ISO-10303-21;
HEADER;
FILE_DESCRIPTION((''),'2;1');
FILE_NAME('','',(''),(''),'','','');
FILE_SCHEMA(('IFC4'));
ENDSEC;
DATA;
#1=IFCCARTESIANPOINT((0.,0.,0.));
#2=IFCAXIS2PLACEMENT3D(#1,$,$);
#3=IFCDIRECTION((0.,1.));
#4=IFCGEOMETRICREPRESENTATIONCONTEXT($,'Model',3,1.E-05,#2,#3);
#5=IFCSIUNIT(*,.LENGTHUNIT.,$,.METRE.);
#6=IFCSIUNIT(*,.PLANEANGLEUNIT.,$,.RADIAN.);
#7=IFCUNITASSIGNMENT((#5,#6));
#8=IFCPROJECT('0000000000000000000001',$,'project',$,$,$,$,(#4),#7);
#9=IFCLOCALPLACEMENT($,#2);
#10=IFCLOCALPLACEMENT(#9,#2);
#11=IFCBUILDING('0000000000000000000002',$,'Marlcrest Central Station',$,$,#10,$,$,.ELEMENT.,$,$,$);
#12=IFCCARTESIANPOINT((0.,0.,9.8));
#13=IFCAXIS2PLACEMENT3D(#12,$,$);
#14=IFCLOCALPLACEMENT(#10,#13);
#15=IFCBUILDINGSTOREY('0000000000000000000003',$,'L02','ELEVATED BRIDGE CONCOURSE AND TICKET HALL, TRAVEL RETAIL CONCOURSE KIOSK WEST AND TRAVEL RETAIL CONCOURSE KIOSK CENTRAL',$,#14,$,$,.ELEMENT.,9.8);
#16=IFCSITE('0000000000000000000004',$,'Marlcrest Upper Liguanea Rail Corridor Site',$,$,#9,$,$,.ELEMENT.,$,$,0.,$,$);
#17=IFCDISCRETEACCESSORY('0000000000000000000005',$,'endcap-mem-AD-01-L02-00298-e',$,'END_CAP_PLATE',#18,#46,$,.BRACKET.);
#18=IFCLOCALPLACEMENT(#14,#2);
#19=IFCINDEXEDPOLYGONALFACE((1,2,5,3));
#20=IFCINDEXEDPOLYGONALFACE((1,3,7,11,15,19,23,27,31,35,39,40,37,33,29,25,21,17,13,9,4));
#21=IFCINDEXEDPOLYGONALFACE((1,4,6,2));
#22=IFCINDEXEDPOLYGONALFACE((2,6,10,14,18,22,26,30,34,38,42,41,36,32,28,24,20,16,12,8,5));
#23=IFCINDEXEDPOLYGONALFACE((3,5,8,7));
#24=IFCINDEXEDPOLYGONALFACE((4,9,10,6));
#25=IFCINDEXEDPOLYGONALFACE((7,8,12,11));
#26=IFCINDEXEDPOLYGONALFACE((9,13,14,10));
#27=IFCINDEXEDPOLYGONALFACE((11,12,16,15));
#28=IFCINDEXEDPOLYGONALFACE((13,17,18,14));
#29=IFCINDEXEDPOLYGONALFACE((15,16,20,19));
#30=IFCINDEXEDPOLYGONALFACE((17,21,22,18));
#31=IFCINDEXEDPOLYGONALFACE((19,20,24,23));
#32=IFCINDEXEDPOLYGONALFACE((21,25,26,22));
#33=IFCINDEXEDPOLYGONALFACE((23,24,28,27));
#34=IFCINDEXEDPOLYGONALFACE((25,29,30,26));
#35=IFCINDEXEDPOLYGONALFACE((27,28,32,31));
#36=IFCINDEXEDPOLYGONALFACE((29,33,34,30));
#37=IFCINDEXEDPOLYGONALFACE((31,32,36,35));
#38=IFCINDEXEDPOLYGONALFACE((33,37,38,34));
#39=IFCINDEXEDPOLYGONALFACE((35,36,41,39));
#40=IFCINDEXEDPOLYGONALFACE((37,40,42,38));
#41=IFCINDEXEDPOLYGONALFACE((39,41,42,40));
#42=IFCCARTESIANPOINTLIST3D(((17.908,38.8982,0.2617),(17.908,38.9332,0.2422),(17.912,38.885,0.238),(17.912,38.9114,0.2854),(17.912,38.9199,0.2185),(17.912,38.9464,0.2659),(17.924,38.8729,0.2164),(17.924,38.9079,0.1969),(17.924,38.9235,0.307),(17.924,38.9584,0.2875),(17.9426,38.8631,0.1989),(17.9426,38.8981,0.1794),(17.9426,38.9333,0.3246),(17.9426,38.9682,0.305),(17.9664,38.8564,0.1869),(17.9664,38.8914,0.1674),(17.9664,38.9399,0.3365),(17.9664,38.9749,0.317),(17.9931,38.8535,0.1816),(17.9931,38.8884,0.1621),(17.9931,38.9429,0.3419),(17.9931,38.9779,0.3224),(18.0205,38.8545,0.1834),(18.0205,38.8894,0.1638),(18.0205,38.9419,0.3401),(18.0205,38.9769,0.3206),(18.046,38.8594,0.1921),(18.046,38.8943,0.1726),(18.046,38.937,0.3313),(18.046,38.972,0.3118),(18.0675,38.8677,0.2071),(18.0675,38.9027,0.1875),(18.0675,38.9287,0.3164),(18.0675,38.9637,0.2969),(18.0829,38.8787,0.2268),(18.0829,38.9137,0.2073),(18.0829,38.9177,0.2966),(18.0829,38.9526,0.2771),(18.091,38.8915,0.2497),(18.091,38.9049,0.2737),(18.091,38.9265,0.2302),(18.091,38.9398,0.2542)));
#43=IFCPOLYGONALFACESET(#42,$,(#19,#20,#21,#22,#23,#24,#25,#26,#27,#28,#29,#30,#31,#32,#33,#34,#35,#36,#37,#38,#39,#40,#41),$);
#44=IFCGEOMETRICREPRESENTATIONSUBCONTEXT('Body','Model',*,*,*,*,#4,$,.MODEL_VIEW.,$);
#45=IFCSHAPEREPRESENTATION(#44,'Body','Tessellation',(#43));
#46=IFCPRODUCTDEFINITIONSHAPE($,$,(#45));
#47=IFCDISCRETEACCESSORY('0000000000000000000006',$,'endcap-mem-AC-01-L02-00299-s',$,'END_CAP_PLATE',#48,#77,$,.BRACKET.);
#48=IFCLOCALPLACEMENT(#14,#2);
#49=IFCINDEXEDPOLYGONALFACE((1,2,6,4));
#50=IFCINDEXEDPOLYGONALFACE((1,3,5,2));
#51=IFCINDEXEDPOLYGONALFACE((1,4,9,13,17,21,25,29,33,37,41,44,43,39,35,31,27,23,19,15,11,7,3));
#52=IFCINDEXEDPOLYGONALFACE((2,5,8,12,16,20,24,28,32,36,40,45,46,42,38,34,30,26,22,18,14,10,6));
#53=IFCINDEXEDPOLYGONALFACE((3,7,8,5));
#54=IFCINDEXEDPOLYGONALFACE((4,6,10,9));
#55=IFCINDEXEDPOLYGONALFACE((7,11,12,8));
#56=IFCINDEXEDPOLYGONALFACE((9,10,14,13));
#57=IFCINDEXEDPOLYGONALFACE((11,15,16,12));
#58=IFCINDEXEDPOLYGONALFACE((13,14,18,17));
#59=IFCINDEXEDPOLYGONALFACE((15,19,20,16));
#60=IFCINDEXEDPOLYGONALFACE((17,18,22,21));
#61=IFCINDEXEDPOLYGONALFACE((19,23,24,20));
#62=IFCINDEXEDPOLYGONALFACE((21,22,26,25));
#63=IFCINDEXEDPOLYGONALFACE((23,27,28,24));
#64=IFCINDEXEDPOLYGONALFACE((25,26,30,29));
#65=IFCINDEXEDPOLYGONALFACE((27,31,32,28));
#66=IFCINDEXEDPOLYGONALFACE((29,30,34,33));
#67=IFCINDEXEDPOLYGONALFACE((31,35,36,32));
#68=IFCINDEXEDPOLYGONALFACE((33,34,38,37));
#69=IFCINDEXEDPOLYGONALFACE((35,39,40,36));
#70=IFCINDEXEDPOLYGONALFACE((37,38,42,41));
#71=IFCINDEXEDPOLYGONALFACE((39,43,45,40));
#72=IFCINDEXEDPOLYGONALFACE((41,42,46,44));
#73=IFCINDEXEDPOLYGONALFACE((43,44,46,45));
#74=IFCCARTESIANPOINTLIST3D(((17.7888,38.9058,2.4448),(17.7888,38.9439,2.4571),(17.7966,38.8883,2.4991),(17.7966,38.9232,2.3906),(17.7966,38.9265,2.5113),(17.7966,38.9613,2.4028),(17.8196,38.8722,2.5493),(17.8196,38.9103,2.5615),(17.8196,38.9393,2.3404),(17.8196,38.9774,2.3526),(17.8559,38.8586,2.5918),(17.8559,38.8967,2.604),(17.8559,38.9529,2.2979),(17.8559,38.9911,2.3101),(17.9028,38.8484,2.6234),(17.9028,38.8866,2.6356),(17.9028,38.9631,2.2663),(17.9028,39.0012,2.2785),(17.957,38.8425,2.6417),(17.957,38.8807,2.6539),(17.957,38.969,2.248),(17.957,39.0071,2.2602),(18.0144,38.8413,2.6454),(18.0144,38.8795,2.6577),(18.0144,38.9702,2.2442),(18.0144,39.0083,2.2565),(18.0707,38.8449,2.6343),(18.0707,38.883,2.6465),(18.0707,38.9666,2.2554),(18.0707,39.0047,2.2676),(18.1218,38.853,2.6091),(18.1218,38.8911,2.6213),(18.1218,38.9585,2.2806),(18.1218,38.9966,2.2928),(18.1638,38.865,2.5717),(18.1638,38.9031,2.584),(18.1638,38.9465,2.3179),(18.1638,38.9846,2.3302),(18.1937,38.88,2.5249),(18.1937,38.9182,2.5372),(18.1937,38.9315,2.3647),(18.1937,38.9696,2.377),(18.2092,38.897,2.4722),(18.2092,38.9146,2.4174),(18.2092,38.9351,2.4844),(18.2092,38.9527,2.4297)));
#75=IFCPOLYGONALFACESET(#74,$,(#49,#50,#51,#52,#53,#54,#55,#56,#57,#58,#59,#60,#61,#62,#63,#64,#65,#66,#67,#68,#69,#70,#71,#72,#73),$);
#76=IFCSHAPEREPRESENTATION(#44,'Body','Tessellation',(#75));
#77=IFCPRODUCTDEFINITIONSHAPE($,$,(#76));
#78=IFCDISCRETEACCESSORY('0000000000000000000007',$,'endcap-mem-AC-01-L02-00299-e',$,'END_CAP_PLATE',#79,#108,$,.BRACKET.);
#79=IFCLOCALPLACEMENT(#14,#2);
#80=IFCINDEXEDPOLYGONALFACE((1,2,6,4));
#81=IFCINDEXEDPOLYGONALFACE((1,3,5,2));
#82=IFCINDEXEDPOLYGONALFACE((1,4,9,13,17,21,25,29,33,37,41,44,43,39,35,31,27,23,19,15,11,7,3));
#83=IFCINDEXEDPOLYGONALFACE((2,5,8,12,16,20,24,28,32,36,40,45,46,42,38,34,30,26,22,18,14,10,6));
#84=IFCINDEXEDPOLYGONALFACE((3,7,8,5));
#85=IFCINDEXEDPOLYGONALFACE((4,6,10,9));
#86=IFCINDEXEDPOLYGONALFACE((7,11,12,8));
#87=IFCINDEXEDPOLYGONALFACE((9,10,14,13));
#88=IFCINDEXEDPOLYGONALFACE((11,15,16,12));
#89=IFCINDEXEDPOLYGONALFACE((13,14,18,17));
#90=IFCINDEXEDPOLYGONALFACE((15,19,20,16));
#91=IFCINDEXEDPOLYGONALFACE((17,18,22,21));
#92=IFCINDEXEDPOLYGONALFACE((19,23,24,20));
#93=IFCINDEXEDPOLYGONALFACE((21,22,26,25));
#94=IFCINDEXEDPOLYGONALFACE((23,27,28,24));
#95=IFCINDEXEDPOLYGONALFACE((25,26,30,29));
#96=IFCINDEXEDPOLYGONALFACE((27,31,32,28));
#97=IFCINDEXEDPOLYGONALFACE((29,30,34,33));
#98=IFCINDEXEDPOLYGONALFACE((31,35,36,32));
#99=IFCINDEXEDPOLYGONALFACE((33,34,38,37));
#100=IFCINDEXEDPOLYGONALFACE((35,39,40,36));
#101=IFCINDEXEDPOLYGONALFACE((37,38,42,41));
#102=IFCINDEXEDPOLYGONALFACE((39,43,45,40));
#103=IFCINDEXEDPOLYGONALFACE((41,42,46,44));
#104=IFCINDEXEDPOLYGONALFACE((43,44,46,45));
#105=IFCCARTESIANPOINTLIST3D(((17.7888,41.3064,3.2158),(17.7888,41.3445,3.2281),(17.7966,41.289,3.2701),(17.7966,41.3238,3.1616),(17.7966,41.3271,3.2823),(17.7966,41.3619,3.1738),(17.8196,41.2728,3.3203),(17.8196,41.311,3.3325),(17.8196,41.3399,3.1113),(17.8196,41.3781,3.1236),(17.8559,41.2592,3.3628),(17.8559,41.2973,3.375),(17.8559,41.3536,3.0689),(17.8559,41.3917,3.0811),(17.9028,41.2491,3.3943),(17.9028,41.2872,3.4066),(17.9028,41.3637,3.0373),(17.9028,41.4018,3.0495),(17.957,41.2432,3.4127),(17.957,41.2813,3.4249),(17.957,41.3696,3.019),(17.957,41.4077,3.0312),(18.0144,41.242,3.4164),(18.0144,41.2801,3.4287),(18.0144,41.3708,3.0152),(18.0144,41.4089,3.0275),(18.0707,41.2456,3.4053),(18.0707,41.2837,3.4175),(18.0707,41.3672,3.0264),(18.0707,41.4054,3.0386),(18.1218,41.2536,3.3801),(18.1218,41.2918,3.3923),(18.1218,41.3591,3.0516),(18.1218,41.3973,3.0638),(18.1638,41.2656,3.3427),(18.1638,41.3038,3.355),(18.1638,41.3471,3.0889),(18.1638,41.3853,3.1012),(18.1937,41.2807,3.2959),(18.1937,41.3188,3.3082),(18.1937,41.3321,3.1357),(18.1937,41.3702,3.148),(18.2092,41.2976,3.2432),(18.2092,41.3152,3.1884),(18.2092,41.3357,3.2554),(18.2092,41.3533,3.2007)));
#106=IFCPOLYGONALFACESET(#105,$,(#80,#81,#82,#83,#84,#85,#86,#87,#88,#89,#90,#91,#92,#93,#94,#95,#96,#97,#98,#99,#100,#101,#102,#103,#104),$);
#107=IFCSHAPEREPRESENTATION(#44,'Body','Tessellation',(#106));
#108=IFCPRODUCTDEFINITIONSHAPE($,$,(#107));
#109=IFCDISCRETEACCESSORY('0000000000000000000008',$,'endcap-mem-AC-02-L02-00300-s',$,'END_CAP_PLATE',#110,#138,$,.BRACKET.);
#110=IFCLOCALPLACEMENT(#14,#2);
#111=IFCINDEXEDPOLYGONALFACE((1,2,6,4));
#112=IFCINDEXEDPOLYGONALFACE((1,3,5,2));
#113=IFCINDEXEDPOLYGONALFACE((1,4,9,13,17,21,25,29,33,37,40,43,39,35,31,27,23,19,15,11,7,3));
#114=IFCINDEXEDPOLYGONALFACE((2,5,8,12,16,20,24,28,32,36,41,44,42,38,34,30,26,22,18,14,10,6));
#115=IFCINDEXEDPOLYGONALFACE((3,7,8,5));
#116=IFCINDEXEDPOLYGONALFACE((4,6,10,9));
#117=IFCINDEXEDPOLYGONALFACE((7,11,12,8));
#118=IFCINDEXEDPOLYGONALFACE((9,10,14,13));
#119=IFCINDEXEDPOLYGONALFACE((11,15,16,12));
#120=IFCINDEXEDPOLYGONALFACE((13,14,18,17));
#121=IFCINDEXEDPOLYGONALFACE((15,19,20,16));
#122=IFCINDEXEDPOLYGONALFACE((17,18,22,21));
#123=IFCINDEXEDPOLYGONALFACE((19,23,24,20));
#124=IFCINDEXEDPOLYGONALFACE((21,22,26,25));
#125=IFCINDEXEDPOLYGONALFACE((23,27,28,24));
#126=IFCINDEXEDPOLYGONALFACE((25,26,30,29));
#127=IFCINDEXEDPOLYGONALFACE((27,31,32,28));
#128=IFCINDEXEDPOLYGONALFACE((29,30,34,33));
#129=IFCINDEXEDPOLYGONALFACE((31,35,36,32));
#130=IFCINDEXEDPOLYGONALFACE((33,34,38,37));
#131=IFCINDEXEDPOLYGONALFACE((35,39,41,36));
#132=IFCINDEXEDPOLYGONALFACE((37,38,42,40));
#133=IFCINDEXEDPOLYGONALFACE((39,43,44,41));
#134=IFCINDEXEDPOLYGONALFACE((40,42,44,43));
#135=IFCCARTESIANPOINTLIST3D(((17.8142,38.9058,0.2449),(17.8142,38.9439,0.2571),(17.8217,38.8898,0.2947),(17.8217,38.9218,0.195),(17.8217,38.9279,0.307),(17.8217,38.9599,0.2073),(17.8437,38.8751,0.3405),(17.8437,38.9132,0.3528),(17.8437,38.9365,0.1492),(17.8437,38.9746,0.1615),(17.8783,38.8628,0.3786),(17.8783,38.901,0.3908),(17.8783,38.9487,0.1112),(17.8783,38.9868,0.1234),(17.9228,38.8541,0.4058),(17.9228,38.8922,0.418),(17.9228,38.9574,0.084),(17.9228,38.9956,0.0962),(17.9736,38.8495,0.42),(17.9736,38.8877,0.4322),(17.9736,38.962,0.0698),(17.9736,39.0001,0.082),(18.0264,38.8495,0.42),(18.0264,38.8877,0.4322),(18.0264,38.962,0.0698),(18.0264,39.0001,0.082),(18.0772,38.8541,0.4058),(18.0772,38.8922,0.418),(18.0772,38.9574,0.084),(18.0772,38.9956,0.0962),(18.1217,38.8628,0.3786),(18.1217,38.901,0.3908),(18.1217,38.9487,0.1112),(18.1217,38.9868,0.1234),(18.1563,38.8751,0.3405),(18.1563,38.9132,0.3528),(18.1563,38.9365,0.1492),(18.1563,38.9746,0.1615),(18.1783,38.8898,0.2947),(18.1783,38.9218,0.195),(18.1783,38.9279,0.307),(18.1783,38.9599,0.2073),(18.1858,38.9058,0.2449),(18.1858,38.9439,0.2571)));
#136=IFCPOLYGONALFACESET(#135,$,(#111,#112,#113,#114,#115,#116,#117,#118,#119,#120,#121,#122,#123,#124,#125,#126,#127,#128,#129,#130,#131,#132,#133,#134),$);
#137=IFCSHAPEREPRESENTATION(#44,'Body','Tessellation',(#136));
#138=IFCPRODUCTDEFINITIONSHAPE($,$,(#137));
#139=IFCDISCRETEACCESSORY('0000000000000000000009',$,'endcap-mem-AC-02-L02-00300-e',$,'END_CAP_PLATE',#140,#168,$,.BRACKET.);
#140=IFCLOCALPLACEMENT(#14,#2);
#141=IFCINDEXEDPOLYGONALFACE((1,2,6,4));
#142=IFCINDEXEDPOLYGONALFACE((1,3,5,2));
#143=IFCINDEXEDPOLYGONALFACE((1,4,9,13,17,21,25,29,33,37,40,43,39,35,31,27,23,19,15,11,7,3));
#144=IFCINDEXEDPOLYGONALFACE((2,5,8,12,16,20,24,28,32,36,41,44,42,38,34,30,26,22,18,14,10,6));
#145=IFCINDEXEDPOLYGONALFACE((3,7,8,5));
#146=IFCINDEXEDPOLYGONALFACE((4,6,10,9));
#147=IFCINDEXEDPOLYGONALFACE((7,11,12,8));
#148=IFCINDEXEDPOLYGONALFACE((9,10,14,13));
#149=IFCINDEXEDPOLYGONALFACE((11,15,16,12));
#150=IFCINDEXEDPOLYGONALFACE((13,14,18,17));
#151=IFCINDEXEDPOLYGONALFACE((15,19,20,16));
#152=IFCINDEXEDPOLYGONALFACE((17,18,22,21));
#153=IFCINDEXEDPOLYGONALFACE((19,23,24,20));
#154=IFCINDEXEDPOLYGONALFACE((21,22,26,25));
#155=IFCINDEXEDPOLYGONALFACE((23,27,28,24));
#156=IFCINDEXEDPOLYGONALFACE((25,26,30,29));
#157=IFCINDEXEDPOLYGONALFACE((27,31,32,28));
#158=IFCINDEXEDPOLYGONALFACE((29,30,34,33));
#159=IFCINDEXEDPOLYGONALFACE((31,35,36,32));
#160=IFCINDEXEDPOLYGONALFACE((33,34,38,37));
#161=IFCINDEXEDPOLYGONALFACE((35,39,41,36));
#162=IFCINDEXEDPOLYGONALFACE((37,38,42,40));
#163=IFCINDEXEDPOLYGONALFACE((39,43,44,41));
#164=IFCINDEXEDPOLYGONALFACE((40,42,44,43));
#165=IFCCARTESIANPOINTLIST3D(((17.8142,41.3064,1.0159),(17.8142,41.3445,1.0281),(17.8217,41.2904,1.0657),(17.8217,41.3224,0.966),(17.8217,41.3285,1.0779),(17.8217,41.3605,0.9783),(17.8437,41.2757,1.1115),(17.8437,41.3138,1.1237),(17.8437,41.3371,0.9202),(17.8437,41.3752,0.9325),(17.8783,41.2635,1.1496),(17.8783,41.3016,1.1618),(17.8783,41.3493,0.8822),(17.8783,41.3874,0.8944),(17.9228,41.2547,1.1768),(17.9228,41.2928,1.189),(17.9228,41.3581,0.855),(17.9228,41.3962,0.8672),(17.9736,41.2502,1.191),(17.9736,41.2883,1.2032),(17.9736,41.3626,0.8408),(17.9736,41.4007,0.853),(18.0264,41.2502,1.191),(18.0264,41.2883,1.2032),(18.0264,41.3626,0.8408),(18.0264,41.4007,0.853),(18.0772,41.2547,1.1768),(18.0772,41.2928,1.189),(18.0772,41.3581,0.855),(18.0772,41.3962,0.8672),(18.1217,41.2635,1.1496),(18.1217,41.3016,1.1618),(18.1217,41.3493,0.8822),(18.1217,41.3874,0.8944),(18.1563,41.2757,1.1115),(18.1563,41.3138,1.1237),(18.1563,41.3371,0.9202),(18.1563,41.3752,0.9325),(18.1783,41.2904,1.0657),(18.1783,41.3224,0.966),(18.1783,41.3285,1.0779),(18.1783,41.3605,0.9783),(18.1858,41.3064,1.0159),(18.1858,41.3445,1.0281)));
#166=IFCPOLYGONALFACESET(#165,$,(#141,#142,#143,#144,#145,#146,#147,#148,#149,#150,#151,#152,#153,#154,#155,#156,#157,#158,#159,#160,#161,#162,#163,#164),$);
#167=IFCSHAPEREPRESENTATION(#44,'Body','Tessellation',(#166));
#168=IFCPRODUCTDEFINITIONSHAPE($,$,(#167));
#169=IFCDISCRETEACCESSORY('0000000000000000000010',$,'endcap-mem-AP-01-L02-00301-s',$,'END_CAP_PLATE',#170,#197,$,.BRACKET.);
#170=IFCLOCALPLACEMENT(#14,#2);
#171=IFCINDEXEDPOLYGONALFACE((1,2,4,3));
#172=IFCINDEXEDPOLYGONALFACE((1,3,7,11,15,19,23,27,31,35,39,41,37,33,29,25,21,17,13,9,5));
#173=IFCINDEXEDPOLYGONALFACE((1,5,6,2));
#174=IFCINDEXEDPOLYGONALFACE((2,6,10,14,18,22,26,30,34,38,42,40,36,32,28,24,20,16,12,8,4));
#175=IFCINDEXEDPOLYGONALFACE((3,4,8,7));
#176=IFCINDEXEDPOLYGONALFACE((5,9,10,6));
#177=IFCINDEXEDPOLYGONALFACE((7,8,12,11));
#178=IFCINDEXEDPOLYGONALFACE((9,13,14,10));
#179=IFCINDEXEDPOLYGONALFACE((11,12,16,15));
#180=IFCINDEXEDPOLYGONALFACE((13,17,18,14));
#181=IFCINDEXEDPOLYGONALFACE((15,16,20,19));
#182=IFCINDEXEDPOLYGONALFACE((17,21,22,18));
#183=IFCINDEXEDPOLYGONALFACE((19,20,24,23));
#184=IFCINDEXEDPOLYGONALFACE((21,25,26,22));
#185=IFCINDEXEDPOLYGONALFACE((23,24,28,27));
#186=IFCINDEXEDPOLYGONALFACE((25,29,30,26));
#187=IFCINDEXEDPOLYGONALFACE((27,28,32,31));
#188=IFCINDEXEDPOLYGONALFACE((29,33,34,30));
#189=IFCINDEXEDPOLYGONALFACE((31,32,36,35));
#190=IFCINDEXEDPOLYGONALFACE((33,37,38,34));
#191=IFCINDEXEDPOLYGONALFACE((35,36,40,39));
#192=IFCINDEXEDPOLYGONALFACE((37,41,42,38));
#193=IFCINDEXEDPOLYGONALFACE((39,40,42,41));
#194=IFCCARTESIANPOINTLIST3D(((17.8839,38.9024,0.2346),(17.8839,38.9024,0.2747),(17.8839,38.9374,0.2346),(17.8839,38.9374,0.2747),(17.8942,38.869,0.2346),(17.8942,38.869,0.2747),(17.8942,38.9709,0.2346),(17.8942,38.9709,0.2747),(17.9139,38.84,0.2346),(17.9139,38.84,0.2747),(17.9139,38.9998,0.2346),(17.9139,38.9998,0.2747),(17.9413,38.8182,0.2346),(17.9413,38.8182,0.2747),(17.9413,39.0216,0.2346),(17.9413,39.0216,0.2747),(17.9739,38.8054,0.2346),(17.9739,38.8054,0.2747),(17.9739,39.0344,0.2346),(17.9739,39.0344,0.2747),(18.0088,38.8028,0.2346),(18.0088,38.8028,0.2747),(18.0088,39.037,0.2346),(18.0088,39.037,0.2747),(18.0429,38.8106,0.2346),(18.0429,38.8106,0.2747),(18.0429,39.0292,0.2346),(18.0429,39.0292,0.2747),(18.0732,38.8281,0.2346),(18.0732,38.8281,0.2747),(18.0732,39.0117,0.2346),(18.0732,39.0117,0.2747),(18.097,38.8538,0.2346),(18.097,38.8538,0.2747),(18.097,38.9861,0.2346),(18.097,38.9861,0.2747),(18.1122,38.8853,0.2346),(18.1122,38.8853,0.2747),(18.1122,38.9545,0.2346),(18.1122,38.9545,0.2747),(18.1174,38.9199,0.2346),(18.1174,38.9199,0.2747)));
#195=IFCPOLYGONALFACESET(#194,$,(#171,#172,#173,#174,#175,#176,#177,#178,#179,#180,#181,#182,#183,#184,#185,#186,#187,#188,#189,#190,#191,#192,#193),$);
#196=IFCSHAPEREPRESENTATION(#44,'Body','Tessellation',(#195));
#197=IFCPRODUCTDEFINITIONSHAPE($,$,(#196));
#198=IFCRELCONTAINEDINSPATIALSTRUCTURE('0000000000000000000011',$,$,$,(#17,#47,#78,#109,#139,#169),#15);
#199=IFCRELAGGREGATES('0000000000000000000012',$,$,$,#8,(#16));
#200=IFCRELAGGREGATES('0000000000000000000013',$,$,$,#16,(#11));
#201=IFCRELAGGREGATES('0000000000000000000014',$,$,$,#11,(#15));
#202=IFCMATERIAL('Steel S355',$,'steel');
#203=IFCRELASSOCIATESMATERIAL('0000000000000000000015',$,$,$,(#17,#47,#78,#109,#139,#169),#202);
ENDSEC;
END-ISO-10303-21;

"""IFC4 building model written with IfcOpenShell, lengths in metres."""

from ifc_helpers import new_model, si_unit, direction, frame, origin, origin_2d, place, context, subcontext, project, spatial, circle, extrude, material, element, save


model = new_model("IFC4")

# Units and contexts
model_context = context("Model", 3, precision=1e-05, world=origin(), true_north=direction((0.0, 1.0)))
body_context = subcontext(model_context, "Body", "Model", "MODEL_VIEW")
ifc_project = project(units=[si_unit("LENGTHUNIT", "METRE"), si_unit("PLANEANGLEUNIT", "RADIAN")], contexts=[model_context])

# Site, building, storey
site_placement = place(None, origin())
site = spatial("IfcSite", under=ifc_project, at=site_placement, Name="Marlcrest Upper Liguanea Rail Corridor Site", CompositionType="ELEMENT", RefElevation=0.0)
building_placement = place(site_placement, origin())
building = spatial("IfcBuilding", under=site, at=building_placement, Name="Marlcrest Central Station", CompositionType="ELEMENT")
storey_placement = place(building_placement, frame((0.0, 0.0, 9.8)))
storey = spatial("IfcBuildingStorey", under=building, at=storey_placement, Name="L02", Description="ELEVATED BRIDGE CONCOURSE AND TICKET HALL, TRAVEL RETAIL CONCOURSE KIOSK WEST AND TRAVEL RETAIL CONCOURSE KIOSK CENTRAL", CompositionType="ELEMENT", Elevation=9.8)

# Shared definitions
ifc_material_1 = material(Name="Steel S355", Category="steel")

# Discrete accessories
for number, where, z_axis, x_axis, name in (
    (1, (18.0, 38.8982, 0.2617), (0.0, 0.873246, -0.48728), (-1.0, 0.0, 0.0), "endcap-mem-AD-01-L02-00298-e"),
):
    element("IfcDiscreteAccessory", number, at=place(storey_placement, frame(where, z_axis=z_axis, x_axis=x_axis)), inside=storey, material=ifc_material_1, Name=name, ObjectType="END_CAP_PLATE", PredefinedType="BRACKET", context=body_context, shape_type="SweptSolid", body=[
        extrude(circle(Radius=0.092, at=origin_2d()), origin(), (0.0, 0.0, 1.0), 0.04),
    ])
for number, where, z_axis, x_axis, name in (
    (2, (18.0, 38.9058, 2.4448), (0.0, 0.952117, 0.305734), (-1.0, 0.0, 0.0), "endcap-mem-AC-01-L02-00299-s"),
    (3, (18.0, 41.3064, 3.2158), (0.0, 0.952117, 0.305734), (-1.0, 0.0, 0.0), "endcap-mem-AC-01-L02-00299-e"),
):
    element("IfcDiscreteAccessory", number, at=place(storey_placement, frame(where, z_axis=z_axis, x_axis=x_axis)), inside=storey, material=ifc_material_1, Name=name, ObjectType="END_CAP_PLATE", PredefinedType="BRACKET", context=body_context, shape_type="SweptSolid", body=[
        extrude(circle(Radius=0.2112, at=origin_2d()), origin(), (0.0, 0.0, 1.0), 0.04),
    ])
for number, where, z_axis, x_axis, name in (
    (4, (18.0, 38.9058, 0.2449), (0.0, 0.952117, 0.305734), (-1.0, 0.0, 0.0), "endcap-mem-AC-02-L02-00300-s"),
    (5, (18.0, 41.3064, 1.0159), (0.0, 0.952117, 0.305734), (-1.0, 0.0, 0.0), "endcap-mem-AC-02-L02-00300-e"),
):
    element("IfcDiscreteAccessory", number, at=place(storey_placement, frame(where, z_axis=z_axis, x_axis=x_axis)), inside=storey, material=ifc_material_1, Name=name, ObjectType="END_CAP_PLATE", PredefinedType="BRACKET", context=body_context, shape_type="SweptSolid", body=[
        extrude(circle(Radius=0.1858, at=origin_2d()), origin(), (0.0, 0.0, 1.0), 0.04),
    ])
for number, where, z_axis, x_axis, name in (
    (6, (18.0, 38.9199, 0.2346), (0.0, 0.0, 1.0), (1.0, 0.0, 0.0), "endcap-mem-AP-01-L02-00301-s"),
):
    element("IfcDiscreteAccessory", number, at=place(storey_placement, frame(where, z_axis=z_axis, x_axis=x_axis)), inside=storey, material=ifc_material_1, Name=name, ObjectType="END_CAP_PLATE", PredefinedType="BRACKET", context=body_context, shape_type="SweptSolid", body=[
        extrude(circle(Radius=0.1174, at=origin_2d()), origin(), (0.0, 0.0, 1.0), 0.04),
    ])

save(model, "model.ifc")
